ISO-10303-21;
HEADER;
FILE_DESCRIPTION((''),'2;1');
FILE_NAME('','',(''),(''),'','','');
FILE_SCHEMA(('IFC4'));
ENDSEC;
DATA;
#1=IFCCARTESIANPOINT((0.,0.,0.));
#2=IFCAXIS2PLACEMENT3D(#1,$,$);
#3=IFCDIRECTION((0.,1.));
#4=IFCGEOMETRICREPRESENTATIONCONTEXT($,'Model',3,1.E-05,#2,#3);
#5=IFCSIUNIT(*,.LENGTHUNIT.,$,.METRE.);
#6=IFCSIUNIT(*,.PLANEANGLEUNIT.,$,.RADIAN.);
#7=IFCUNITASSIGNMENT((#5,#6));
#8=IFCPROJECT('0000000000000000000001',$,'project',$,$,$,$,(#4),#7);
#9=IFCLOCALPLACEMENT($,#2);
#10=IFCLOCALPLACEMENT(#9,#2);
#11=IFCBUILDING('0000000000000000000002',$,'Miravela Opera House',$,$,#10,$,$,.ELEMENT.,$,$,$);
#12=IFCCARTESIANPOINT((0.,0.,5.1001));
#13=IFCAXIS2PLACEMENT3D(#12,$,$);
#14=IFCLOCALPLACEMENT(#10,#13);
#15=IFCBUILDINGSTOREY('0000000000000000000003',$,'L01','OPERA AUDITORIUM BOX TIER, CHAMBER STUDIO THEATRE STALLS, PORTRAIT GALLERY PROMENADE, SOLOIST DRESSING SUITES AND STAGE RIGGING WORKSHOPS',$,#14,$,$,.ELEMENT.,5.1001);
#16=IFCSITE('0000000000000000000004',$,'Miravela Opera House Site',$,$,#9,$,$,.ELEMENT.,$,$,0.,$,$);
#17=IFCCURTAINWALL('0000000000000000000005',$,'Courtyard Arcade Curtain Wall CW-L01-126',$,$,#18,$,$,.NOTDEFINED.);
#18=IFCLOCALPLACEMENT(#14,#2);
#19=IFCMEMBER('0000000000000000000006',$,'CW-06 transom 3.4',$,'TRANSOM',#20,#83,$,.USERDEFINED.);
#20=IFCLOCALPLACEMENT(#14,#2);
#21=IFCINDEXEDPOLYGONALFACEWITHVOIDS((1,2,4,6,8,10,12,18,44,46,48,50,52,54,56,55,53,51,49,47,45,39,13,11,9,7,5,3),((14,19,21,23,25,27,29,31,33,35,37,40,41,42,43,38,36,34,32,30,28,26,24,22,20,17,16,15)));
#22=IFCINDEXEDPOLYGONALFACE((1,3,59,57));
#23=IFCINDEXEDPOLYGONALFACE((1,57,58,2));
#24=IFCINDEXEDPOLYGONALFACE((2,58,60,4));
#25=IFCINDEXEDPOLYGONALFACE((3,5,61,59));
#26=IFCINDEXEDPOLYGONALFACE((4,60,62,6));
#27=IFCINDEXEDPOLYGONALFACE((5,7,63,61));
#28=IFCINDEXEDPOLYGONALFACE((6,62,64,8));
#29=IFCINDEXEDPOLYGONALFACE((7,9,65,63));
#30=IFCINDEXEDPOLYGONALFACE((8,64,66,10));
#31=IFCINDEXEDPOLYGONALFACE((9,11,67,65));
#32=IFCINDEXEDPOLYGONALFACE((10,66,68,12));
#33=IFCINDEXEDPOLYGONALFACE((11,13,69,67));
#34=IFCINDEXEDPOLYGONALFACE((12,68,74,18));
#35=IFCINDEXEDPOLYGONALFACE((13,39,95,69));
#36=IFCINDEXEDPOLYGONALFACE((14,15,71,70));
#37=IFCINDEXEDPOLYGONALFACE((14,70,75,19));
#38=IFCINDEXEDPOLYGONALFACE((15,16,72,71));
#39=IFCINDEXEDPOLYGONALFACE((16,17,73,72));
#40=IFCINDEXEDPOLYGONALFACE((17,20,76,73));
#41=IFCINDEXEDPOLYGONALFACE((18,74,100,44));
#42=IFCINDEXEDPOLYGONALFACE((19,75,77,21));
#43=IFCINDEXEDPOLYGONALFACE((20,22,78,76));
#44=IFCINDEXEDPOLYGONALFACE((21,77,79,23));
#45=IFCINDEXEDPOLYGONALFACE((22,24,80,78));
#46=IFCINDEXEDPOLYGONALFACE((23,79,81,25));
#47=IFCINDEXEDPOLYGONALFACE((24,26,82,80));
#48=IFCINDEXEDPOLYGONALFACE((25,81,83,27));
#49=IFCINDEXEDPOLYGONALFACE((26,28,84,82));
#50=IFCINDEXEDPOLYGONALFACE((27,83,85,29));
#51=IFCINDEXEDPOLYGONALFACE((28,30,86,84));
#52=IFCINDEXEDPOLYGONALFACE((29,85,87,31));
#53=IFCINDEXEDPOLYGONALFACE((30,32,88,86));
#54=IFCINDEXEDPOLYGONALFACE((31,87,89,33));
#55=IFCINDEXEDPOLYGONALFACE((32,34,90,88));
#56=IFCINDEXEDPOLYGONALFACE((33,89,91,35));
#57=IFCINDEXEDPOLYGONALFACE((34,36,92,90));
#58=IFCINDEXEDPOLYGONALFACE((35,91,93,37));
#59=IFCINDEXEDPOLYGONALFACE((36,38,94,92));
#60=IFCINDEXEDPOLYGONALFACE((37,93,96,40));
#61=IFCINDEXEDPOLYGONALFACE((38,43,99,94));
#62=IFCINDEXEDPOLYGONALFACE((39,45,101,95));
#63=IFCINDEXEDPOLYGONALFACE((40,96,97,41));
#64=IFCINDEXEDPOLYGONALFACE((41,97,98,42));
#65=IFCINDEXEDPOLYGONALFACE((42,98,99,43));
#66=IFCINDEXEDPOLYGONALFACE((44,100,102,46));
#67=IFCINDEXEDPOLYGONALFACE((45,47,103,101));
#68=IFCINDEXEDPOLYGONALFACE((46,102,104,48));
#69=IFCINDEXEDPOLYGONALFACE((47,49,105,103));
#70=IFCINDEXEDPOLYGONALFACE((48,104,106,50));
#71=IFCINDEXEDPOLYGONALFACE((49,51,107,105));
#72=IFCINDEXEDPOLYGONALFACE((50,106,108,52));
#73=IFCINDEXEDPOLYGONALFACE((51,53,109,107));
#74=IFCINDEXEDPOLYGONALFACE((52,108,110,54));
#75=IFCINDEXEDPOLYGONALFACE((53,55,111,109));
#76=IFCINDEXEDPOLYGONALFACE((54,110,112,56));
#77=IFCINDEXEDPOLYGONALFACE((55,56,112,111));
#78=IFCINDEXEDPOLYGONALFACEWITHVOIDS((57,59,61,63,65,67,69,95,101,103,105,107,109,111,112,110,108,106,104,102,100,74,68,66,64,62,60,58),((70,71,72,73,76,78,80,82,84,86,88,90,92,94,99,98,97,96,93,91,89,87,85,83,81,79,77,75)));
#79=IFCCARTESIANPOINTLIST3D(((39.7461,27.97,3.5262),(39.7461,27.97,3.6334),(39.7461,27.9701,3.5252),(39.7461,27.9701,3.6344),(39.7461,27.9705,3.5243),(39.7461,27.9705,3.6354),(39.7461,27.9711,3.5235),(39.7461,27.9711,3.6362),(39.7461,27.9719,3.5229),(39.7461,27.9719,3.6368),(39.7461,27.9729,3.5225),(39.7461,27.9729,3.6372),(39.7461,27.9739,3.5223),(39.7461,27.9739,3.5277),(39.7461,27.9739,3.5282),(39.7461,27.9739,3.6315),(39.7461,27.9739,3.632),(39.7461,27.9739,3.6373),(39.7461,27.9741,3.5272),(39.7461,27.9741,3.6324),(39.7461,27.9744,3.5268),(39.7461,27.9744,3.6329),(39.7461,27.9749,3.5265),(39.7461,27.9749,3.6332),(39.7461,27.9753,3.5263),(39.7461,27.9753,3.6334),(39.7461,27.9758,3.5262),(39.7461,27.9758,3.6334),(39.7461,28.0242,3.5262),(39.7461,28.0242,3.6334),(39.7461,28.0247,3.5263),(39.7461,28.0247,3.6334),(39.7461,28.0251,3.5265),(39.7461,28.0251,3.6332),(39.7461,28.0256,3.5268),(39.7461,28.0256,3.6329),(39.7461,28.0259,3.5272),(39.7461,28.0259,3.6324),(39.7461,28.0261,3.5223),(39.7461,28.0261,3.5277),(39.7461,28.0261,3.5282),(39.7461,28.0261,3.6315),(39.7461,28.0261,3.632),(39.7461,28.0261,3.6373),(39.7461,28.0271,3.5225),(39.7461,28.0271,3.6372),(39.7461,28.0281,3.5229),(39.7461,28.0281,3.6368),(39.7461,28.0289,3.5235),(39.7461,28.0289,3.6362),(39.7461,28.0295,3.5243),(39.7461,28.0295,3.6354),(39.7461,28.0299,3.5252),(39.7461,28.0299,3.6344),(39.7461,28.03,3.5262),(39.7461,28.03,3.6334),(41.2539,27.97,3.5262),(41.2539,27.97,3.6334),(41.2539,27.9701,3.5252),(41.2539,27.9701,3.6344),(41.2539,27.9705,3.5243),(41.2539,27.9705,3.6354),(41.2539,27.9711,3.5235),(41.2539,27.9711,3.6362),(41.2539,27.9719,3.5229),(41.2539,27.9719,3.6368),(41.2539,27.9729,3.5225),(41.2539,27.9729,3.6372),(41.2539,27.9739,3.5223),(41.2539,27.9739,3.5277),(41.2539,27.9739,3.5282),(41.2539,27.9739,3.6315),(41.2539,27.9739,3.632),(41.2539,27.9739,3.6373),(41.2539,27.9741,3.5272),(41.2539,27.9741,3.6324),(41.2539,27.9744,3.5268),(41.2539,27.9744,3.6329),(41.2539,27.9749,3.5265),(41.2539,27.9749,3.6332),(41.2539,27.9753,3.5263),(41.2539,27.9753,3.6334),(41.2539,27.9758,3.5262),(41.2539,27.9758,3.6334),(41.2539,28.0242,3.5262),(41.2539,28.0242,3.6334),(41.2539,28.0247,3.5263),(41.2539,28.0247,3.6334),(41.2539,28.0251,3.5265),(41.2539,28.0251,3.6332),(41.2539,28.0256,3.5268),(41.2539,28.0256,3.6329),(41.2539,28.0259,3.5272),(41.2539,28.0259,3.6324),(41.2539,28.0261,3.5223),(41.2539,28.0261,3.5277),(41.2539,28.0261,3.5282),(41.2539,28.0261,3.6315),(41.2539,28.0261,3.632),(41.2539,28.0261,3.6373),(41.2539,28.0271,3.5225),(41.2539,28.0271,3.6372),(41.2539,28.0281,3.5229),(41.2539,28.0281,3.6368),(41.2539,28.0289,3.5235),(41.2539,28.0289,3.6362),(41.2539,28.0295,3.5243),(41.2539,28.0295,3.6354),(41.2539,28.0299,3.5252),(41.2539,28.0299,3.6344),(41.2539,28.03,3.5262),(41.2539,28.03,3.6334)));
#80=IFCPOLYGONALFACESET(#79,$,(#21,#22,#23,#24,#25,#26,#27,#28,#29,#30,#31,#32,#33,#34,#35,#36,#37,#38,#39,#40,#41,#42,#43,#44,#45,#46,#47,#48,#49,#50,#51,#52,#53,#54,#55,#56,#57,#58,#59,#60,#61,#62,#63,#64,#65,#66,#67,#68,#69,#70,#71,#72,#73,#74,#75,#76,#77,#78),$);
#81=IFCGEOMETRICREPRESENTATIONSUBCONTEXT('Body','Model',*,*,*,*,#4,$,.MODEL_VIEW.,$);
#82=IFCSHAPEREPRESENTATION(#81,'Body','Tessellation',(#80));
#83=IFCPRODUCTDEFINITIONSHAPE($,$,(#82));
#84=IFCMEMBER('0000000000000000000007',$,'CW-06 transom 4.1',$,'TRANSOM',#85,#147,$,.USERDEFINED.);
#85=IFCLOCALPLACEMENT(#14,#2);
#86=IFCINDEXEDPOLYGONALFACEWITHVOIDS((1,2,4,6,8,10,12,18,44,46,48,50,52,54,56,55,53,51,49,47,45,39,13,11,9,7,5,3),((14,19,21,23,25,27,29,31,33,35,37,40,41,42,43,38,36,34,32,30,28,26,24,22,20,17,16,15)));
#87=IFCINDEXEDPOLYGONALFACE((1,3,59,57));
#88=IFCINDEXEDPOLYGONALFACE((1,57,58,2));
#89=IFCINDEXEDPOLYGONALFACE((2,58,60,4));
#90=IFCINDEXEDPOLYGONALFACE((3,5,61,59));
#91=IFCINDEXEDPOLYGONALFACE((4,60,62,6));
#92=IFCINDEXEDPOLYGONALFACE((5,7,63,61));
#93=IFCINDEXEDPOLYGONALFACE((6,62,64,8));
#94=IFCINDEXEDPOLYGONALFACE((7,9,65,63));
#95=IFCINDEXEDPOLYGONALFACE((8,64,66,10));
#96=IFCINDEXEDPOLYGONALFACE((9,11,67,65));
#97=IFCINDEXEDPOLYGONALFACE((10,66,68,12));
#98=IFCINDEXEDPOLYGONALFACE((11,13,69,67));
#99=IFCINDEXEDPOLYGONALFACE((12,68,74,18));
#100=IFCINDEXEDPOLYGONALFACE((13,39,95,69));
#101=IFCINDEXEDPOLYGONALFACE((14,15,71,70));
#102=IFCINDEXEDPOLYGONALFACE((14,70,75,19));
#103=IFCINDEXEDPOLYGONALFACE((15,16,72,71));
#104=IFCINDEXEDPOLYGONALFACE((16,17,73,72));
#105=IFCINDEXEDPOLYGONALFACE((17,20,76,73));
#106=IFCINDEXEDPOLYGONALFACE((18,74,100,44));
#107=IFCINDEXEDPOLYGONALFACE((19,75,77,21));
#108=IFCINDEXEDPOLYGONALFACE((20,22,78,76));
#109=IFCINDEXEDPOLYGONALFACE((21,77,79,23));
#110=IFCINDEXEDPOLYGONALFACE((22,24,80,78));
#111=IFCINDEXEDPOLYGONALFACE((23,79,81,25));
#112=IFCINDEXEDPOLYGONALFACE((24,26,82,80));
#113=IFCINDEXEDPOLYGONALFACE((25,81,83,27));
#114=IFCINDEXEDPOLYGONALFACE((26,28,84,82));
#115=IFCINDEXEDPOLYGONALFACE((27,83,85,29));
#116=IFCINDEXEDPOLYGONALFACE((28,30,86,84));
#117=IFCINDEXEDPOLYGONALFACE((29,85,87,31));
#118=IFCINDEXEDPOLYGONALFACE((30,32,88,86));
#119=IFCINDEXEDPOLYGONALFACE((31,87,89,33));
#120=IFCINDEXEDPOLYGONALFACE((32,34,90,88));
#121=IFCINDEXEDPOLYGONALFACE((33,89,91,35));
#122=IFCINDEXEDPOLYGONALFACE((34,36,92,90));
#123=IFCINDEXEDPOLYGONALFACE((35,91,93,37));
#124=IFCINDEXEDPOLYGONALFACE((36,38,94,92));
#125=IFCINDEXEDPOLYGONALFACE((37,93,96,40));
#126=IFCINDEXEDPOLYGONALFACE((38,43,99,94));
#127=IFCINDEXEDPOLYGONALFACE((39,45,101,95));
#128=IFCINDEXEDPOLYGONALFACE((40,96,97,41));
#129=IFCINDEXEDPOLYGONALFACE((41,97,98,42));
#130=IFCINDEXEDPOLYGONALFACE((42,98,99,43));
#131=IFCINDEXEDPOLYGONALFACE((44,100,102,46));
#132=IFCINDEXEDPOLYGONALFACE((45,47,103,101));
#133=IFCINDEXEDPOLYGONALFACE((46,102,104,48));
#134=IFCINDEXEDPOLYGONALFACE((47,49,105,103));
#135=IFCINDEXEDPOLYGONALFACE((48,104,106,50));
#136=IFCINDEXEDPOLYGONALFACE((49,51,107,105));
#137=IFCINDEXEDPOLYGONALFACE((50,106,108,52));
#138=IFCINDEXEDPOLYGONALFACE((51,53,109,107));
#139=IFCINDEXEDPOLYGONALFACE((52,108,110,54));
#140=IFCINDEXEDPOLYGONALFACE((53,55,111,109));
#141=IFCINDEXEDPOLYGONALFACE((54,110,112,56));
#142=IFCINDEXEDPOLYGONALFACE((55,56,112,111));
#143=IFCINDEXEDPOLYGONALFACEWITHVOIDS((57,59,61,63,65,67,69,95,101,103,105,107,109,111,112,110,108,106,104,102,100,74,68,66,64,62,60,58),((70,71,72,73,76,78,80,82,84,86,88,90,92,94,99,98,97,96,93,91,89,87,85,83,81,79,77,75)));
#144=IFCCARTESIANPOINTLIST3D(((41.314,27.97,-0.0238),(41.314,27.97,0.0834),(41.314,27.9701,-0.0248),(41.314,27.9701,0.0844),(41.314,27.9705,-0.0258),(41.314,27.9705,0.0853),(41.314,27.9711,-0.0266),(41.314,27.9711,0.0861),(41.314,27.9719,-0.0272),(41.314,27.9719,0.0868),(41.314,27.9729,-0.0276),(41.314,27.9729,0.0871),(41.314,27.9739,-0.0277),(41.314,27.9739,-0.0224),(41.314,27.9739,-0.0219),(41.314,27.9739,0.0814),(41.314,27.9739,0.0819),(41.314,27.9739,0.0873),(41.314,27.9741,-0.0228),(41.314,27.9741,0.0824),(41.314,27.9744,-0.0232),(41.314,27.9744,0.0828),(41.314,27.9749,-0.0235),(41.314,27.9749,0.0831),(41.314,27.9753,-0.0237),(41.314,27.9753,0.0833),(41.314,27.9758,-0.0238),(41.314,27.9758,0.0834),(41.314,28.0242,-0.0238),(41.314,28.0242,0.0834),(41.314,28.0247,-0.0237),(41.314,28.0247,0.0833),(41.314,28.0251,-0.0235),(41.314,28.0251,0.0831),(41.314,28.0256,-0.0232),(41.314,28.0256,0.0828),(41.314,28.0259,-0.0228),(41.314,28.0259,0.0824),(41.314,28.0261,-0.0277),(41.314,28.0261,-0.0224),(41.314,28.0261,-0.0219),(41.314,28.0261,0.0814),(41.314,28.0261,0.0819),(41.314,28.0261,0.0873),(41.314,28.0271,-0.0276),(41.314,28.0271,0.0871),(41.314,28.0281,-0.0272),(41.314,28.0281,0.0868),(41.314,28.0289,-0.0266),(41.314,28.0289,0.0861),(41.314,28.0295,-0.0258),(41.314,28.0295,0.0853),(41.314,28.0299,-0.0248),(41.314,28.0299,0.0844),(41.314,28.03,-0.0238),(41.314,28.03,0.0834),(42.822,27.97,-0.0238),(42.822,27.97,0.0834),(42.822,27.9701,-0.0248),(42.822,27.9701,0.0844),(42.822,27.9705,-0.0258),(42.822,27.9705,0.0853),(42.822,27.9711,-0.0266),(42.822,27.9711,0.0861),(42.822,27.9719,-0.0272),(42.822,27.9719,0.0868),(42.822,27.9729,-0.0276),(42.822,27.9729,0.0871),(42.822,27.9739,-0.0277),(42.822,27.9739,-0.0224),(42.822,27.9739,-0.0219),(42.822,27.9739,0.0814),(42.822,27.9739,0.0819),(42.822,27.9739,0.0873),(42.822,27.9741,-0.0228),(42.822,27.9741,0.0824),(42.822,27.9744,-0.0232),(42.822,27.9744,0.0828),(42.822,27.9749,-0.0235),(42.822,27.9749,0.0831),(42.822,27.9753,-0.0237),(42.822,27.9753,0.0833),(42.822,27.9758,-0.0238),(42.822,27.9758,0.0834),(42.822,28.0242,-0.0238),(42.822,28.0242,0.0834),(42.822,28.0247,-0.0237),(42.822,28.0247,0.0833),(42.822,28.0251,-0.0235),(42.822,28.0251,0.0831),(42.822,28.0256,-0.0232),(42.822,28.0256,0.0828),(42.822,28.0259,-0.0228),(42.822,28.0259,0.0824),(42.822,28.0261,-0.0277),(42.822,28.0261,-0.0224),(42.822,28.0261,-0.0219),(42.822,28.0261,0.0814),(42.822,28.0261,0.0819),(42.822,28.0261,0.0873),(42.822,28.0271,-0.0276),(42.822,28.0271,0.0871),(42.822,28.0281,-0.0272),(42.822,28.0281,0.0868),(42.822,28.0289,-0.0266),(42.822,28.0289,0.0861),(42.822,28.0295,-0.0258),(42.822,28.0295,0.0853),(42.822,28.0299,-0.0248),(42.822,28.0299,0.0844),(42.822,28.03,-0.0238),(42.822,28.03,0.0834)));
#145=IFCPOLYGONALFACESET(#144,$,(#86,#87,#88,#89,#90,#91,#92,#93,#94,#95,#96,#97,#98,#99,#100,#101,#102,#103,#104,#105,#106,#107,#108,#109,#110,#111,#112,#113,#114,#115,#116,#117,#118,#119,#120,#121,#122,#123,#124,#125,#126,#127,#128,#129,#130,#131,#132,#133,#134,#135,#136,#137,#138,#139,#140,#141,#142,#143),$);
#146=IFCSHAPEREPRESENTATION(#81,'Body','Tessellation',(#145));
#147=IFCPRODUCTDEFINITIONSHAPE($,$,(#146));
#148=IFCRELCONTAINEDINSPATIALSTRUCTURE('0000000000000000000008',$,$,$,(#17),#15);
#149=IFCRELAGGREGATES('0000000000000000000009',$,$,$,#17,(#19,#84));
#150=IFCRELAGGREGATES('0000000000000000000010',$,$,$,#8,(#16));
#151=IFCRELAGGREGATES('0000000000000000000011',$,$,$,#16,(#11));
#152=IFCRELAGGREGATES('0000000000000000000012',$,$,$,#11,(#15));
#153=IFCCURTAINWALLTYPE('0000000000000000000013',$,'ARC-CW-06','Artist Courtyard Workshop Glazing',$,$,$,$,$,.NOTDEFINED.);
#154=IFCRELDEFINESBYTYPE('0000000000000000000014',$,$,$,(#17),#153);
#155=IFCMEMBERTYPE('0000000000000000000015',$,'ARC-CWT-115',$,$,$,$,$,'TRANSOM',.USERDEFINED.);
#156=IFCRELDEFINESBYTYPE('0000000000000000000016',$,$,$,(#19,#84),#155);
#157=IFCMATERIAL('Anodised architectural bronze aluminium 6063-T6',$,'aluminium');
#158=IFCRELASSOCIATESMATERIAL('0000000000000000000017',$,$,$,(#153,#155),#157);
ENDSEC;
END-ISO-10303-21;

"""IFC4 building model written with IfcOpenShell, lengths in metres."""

from ifc_helpers import new_model, si_unit, direction, frame, origin, origin_2d, place, context, subcontext, project, spatial, hollow_rectangle, extrude, material, material_profile, profile_set, type_object, element, aggregate, save


model = new_model("IFC4")

# Units and contexts
model_context = context("Model", 3, precision=1e-05, world=origin(), true_north=direction((0.0, 1.0)))
body_context = subcontext(model_context, "Body", "Model", "MODEL_VIEW")
ifc_project = project(units=[si_unit("LENGTHUNIT", "METRE"), si_unit("PLANEANGLEUNIT", "RADIAN")], contexts=[model_context])

# Site, building, storey
site_placement = place(None, origin())
site = spatial("IfcSite", under=ifc_project, at=site_placement, Name="Miravela Opera House Site", CompositionType="ELEMENT", RefElevation=0.0)
building_placement = place(site_placement, origin())
building = spatial("IfcBuilding", under=site, at=building_placement, Name="Miravela Opera House", CompositionType="ELEMENT")
storey_placement = place(building_placement, frame((0.0, 0.0, 5.1001)))
storey = spatial("IfcBuildingStorey", under=building, at=storey_placement, Name="L01", Description="OPERA AUDITORIUM BOX TIER, CHAMBER STUDIO THEATRE STALLS, PORTRAIT GALLERY PROMENADE, SOLOIST DRESSING SUITES AND STAGE RIGGING WORKSHOPS", CompositionType="ELEMENT", Elevation=5.1001)

# Curtain wall, members
ifc_material_1 = material(Name="Anodised architectural bronze aluminium 6063-T6", Category="aluminium")
curtain_wall_type = type_object("IfcCurtainWallType", Name="ARC-CW-06", Description="Artist Courtyard Workshop Glazing", PredefinedType="NOTDEFINED", material=ifc_material_1)
curtain_wall_placement = place(storey_placement, origin())
curtain_wall = element("IfcCurtainWall", 1, at=curtain_wall_placement, inside=storey, type_object=curtain_wall_type, Name="Courtyard Arcade Curtain Wall CW-L01-126", PredefinedType="NOTDEFINED")
ifc_material_profile_1 = material_profile(ifc_material_1, hollow_rectangle(XDim=0.0601, YDim=0.115, WallThickness=0.0039, InnerFilletRadius=0.002, OuterFilletRadius=0.0039, at=origin_2d()), Name="CWT-60X115")
ifc_profile_set_1 = profile_set([ifc_material_profile_1])
member_type_1 = type_object("IfcMemberType", Name="ARC-CWT-115", ElementType="TRANSOM", PredefinedType="USERDEFINED", material=ifc_profile_set_1)
member_1_placement = place(storey_placement, frame((39.7461, 28.0, 3.5798), z_axis=(1.0, 0.0, 0.0), x_axis=(0.0, 1.0, 0.0)))
member_1 = element("IfcMember", 2, at=member_1_placement, type_object=member_type_1, Name="CW-06 transom 3.4", ObjectType="TRANSOM", PredefinedType="USERDEFINED", context=body_context, shape_type="SweptSolid", body=[
    extrude(hollow_rectangle(XDim=0.0601, YDim=0.115, WallThickness=0.0039, InnerFilletRadius=0.002, OuterFilletRadius=0.0039, at=origin_2d()), origin(), (0.0, 0.0, 1.0), 1.5078),
])
member_2_placement = place(storey_placement, frame((41.314, 28.0, 0.0298), z_axis=(1.0, 0.0, 0.0), x_axis=(0.0, 1.0, 0.0)))
member_2 = element("IfcMember", 3, at=member_2_placement, type_object=member_type_1, Name="CW-06 transom 4.1", ObjectType="TRANSOM", PredefinedType="USERDEFINED", context=body_context, shape_type="SweptSolid", body=[
    extrude(hollow_rectangle(XDim=0.0601, YDim=0.115, WallThickness=0.0039, InnerFilletRadius=0.002, OuterFilletRadius=0.0039, at=origin_2d()), origin(), (0.0, 0.0, 1.0), 1.5081),
])

aggregate(curtain_wall, [member_1, member_2])

save(model, "model.ifc")
